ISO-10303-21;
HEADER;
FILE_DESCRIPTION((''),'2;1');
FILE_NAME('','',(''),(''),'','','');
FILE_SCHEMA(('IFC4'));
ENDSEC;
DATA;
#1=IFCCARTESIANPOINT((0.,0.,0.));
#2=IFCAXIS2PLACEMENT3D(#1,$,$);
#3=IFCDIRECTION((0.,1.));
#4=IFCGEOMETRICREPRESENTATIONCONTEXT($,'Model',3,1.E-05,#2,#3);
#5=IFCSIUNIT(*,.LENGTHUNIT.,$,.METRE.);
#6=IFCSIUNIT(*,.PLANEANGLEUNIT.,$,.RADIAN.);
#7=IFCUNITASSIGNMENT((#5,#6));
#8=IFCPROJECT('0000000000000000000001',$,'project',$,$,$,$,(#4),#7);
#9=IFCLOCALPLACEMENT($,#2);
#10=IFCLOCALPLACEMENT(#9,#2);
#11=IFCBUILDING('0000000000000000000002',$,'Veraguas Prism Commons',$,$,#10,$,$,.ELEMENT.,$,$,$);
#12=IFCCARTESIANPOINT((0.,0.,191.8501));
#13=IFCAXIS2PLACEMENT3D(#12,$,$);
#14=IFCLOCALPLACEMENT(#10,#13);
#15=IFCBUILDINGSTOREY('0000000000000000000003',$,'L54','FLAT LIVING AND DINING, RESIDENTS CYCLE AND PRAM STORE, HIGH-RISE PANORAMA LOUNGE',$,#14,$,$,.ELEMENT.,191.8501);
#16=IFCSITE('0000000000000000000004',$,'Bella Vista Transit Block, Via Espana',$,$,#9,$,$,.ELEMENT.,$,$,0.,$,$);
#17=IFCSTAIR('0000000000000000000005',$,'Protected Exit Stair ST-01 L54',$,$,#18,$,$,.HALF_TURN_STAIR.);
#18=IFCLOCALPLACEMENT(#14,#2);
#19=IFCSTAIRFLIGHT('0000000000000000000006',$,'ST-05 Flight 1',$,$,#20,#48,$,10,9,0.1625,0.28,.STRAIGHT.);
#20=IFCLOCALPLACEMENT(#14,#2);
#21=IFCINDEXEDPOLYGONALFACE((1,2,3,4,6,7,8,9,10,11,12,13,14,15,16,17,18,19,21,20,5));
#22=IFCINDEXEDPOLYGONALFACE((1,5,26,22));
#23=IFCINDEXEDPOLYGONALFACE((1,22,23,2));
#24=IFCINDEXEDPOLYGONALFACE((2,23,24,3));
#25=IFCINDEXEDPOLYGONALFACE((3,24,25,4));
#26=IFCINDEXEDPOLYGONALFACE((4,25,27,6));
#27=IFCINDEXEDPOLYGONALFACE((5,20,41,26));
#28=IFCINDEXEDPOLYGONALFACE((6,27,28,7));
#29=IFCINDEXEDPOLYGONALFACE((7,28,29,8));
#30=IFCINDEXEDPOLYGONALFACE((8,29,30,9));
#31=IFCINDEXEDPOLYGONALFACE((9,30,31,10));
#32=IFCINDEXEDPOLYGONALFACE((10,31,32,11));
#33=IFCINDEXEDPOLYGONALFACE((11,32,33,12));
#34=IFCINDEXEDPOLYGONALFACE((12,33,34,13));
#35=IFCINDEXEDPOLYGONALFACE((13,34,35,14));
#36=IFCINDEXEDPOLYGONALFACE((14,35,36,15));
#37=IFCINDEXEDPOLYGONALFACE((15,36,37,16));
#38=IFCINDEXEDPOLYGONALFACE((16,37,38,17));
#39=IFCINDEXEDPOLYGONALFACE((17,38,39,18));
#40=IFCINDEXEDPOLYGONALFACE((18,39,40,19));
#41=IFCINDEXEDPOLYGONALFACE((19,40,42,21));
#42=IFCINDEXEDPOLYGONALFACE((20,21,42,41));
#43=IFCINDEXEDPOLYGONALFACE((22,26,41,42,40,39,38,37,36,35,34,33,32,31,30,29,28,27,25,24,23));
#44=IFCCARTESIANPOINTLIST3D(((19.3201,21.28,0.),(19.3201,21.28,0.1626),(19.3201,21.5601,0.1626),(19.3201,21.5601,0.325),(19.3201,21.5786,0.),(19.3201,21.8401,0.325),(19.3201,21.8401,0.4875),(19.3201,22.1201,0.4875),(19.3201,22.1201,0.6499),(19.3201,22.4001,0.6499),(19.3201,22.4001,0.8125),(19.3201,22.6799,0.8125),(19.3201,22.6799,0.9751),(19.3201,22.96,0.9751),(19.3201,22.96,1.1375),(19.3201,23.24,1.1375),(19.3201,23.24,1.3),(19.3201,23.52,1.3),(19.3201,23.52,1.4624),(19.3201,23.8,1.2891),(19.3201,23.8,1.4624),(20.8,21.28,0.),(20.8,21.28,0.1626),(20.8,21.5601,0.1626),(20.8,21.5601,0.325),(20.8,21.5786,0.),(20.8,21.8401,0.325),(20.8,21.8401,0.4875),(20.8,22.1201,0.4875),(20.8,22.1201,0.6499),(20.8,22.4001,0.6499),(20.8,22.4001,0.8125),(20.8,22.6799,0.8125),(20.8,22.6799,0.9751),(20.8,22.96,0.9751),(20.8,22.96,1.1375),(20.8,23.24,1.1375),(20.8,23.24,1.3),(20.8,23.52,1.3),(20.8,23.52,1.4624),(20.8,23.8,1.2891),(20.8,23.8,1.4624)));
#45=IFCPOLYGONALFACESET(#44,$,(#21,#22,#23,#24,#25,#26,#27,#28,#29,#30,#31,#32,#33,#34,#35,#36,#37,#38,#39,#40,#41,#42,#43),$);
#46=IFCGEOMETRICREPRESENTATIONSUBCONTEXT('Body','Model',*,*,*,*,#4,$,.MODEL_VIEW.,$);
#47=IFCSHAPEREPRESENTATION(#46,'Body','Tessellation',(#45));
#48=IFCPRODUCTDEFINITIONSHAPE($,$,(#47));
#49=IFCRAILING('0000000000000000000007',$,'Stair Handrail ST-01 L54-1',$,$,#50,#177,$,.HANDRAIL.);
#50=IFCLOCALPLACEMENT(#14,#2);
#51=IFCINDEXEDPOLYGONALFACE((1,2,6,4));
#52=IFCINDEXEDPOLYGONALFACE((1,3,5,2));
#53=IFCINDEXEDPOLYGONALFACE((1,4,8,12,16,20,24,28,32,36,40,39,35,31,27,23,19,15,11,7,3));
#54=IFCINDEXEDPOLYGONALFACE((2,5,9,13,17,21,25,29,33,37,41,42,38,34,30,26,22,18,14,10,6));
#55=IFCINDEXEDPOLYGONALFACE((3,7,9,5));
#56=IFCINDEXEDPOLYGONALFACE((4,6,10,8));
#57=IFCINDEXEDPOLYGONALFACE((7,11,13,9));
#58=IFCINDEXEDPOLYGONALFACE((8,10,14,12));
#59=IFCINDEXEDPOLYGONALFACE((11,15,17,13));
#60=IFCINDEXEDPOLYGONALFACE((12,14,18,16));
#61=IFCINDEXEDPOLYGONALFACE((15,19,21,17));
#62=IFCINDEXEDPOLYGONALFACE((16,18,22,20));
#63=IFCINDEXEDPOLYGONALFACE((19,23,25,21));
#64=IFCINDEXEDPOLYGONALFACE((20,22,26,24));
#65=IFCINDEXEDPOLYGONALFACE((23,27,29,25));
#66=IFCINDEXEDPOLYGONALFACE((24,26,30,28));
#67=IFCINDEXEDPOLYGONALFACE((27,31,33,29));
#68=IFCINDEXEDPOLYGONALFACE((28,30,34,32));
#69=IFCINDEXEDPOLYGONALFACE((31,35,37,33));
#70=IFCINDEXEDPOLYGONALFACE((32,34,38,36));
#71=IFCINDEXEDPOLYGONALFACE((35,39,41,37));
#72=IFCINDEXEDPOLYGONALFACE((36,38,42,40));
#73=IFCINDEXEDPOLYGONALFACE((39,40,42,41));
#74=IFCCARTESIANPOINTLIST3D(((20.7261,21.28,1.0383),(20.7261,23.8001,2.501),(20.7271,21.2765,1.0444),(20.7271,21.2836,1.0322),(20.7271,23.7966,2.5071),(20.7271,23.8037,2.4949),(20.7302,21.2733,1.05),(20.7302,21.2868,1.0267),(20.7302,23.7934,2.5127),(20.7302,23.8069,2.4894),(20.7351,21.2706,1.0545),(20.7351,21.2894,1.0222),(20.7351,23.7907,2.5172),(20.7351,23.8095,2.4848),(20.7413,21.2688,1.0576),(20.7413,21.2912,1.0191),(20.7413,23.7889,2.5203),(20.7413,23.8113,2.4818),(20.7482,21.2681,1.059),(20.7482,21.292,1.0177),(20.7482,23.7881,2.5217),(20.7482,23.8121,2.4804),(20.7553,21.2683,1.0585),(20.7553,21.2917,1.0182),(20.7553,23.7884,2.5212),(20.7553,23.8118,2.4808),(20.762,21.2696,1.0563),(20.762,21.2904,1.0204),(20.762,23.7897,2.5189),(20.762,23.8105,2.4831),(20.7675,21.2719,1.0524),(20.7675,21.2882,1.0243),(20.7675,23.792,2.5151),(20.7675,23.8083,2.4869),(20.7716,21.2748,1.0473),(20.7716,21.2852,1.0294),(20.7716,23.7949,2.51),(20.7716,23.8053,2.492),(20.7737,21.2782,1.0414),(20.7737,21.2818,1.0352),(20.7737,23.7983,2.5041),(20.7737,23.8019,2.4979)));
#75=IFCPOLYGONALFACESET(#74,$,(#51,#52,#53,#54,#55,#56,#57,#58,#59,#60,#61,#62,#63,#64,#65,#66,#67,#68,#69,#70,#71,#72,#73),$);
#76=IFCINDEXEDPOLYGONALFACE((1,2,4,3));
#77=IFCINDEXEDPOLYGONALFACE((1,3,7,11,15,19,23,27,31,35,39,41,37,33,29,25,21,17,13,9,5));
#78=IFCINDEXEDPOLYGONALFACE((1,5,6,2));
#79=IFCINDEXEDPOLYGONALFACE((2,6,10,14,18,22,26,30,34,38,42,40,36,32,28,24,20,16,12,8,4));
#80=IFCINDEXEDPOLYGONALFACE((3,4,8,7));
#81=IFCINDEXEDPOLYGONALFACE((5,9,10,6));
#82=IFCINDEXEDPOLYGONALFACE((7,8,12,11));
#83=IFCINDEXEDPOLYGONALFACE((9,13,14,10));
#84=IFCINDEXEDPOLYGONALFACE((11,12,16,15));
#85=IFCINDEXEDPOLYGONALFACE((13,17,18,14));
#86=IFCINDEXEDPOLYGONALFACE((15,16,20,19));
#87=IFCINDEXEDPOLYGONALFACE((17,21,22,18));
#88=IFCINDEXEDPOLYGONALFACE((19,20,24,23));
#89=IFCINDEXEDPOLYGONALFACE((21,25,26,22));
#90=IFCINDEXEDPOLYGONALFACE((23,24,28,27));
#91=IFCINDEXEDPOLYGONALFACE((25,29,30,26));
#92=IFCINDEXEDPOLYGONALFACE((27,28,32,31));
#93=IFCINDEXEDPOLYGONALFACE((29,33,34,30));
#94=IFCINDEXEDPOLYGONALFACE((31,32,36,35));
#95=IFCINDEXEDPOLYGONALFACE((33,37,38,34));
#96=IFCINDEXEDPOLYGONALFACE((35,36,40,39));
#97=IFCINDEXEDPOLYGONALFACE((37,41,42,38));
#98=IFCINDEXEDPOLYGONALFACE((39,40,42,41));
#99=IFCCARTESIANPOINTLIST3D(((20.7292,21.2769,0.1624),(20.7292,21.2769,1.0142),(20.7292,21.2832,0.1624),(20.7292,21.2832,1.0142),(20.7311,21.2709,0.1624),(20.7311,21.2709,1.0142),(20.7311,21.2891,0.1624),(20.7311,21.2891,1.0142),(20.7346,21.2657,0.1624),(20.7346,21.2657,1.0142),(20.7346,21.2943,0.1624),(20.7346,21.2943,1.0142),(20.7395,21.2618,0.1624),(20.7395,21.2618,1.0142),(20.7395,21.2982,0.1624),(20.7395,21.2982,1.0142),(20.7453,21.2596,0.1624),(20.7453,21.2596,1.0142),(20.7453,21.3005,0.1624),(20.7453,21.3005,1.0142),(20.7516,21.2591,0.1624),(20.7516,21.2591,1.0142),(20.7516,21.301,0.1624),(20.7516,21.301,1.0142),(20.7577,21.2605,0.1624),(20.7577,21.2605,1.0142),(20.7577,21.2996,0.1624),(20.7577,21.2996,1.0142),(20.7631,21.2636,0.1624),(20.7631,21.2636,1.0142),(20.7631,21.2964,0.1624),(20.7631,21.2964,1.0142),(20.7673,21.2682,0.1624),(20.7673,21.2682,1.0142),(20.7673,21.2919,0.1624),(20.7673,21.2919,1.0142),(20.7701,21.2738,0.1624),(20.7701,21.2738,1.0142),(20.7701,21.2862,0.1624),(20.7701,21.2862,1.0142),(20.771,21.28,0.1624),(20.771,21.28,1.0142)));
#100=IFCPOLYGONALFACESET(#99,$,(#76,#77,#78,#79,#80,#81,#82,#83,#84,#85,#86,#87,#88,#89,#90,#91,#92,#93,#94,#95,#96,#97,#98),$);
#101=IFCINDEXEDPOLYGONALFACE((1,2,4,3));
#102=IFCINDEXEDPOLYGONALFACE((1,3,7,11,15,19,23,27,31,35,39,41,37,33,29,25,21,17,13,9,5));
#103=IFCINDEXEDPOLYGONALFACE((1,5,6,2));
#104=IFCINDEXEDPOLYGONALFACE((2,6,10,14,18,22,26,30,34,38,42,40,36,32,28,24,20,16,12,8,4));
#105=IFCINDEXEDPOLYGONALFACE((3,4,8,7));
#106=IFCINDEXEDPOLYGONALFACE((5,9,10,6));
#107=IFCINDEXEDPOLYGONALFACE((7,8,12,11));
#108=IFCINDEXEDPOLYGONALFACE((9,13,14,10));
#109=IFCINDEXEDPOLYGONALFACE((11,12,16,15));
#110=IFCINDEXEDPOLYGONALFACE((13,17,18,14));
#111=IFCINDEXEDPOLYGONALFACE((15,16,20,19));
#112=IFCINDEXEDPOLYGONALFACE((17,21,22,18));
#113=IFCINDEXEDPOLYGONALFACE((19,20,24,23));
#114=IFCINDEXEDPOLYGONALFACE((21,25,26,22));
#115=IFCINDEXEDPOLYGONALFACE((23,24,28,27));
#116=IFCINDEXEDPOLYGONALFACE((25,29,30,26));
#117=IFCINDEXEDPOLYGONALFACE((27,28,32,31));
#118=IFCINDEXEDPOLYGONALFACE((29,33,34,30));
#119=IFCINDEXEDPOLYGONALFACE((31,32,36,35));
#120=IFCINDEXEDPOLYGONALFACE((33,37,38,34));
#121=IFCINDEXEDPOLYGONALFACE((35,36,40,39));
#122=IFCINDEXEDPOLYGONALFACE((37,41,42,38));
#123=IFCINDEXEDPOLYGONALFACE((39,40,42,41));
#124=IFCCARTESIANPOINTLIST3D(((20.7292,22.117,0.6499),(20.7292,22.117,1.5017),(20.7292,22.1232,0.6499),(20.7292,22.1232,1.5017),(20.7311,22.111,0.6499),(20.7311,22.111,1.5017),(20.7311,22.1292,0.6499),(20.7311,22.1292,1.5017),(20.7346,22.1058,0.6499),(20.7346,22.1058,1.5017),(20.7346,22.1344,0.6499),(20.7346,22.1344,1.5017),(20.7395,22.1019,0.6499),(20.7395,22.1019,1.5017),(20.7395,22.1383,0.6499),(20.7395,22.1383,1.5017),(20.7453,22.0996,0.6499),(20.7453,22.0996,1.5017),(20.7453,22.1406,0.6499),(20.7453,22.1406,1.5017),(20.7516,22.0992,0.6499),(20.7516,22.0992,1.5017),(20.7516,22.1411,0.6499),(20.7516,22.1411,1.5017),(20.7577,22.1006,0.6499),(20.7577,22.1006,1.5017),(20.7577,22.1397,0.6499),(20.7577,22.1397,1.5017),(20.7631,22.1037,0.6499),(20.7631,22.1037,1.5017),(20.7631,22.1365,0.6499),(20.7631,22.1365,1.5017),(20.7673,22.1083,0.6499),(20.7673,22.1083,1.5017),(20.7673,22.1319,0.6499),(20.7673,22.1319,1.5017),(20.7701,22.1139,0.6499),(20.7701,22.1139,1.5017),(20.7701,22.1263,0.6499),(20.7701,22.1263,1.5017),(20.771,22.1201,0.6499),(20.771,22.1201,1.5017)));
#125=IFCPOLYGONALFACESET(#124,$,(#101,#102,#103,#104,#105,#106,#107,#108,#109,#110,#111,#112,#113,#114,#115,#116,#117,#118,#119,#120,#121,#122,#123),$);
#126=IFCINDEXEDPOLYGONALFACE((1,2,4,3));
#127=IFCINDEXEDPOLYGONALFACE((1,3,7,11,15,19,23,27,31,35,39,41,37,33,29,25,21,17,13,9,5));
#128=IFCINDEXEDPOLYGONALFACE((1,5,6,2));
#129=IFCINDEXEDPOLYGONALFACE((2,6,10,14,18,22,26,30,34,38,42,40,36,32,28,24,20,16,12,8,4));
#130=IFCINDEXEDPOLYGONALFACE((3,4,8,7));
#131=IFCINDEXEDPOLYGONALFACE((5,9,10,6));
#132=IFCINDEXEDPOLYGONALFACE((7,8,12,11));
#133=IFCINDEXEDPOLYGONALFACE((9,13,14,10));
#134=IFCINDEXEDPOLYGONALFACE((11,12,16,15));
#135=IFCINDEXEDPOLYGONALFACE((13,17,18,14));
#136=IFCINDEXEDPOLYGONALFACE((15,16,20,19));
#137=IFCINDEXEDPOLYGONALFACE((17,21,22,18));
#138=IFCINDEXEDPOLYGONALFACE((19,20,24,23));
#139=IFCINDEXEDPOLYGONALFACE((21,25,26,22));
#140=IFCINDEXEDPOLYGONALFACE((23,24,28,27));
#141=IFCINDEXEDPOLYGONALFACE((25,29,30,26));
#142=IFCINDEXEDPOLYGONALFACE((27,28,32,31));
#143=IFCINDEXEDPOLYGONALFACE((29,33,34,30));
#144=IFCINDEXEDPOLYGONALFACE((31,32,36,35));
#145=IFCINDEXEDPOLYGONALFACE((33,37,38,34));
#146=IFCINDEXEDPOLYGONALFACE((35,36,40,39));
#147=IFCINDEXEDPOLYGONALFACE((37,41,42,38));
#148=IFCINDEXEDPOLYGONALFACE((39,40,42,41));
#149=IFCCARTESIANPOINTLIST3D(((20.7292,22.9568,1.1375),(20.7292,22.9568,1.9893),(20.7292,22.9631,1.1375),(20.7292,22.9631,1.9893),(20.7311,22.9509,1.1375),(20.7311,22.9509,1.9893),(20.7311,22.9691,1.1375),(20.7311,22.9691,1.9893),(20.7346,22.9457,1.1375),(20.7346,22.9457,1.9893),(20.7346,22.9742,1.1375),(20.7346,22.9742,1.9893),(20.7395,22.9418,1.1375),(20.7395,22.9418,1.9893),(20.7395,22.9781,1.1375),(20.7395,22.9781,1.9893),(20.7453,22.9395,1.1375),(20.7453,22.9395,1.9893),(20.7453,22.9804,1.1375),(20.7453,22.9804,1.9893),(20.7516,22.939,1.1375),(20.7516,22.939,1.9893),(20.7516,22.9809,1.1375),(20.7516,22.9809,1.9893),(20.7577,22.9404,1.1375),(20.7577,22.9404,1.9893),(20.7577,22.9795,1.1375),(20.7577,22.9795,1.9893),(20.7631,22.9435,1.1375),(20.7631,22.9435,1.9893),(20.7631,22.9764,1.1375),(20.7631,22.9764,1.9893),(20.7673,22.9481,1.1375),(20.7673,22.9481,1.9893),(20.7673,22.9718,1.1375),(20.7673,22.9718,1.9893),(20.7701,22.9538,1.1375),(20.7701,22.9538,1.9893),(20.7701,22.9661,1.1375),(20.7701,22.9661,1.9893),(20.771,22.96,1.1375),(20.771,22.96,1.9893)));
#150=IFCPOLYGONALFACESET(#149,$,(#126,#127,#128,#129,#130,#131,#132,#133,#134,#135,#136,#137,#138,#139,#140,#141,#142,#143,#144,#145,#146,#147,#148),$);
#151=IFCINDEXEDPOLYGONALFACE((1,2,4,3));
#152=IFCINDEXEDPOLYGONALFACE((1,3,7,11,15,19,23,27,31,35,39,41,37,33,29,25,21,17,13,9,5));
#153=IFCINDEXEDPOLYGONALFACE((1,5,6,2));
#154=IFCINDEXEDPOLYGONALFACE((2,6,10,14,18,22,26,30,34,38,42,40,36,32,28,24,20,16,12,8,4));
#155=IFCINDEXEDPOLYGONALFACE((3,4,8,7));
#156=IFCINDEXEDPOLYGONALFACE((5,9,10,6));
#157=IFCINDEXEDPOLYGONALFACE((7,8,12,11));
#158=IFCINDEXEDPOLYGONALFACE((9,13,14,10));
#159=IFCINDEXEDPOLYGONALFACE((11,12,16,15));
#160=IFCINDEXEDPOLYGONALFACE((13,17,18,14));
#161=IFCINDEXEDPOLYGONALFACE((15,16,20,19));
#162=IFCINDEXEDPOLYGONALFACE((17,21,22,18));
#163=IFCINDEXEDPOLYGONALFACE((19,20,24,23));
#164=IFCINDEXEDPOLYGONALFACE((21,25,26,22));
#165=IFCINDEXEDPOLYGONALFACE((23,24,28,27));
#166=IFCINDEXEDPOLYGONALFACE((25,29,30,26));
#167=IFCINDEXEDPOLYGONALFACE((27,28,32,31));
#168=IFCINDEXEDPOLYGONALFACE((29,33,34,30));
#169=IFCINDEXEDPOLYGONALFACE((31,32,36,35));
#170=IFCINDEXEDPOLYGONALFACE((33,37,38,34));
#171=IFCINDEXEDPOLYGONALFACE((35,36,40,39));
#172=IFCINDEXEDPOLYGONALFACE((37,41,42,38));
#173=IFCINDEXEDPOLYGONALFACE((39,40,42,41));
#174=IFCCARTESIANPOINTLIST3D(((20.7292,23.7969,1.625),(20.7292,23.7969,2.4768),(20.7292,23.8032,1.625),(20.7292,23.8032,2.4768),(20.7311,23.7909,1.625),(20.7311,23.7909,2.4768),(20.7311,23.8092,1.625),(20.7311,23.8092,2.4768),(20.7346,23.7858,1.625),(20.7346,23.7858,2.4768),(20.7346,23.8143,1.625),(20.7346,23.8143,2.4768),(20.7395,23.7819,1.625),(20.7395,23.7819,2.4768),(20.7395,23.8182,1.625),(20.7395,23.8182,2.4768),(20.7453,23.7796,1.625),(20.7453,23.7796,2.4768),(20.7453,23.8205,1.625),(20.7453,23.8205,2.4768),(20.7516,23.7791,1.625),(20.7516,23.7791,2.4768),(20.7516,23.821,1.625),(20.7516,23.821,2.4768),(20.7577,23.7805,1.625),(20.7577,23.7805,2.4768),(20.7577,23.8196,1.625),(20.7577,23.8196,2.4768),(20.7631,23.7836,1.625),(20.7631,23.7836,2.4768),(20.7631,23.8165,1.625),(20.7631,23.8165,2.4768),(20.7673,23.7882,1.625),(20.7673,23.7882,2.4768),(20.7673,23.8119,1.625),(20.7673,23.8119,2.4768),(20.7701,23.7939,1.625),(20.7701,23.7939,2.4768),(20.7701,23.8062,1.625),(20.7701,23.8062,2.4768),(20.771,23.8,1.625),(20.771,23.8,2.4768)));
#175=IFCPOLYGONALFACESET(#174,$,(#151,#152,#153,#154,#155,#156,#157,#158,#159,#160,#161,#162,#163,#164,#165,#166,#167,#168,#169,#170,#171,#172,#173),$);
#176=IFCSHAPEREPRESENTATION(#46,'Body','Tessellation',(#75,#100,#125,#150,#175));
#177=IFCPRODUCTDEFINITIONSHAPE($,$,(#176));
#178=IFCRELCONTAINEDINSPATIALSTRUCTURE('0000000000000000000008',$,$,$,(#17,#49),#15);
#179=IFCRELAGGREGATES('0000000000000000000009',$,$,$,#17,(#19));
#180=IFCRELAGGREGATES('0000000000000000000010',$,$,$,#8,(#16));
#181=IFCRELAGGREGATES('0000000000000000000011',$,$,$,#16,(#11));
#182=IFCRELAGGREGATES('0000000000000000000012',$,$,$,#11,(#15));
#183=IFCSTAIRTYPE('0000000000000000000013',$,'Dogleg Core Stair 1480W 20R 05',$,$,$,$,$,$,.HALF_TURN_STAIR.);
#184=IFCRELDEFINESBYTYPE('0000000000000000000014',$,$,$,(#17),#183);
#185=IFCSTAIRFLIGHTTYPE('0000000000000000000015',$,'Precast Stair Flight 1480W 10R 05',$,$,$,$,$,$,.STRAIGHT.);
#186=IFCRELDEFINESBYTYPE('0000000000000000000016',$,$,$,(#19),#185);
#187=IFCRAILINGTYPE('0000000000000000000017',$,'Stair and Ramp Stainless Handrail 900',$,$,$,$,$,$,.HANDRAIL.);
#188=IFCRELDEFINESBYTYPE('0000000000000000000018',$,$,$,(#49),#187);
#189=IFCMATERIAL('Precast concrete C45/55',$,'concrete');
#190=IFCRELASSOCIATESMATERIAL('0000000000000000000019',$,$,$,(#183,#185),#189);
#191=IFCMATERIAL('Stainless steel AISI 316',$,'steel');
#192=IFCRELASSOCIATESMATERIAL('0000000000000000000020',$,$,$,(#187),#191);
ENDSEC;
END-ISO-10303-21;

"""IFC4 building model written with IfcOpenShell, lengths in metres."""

from ifc_helpers import new_model, si_unit, direction, frame, origin, origin_2d, place, context, subcontext, project, spatial, polyline, circle, outline, extrude, material, type_object, element, aggregate, save


model = new_model("IFC4")

# Units and contexts
model_context = context("Model", 3, precision=1e-05, world=origin(), true_north=direction((0.0, 1.0)))
body_context = subcontext(model_context, "Body", "Model", "MODEL_VIEW")
ifc_project = project(units=[si_unit("LENGTHUNIT", "METRE"), si_unit("PLANEANGLEUNIT", "RADIAN")], contexts=[model_context])

# Site, building, storey
site_placement = place(None, origin())
site = spatial("IfcSite", under=ifc_project, at=site_placement, Name="Bella Vista Transit Block, Via Espana", CompositionType="ELEMENT", RefElevation=0.0)
building_placement = place(site_placement, origin())
building = spatial("IfcBuilding", under=site, at=building_placement, Name="Veraguas Prism Commons", CompositionType="ELEMENT")
storey_placement = place(building_placement, frame((0.0, 0.0, 191.8501)))
storey = spatial("IfcBuildingStorey", under=building, at=storey_placement, Name="L54", Description="FLAT LIVING AND DINING, RESIDENTS CYCLE AND PRAM STORE, HIGH-RISE PANORAMA LOUNGE", CompositionType="ELEMENT", Elevation=191.8501)

# Shared definitions
ifc_material_1 = material(Name="Stainless steel AISI 316", Category="steel")

# Stair, stair flight
ifc_material_2 = material(Name="Precast concrete C45/55", Category="concrete")
stair_type = type_object("IfcStairType", Name="Dogleg Core Stair 1480W 20R 05", PredefinedType="HALF_TURN_STAIR", material=ifc_material_2)
stair_placement = place(storey_placement, origin())
stair = element("IfcStair", 1, at=stair_placement, inside=storey, type_object=stair_type, Name="Protected Exit Stair ST-01 L54", PredefinedType="HALF_TURN_STAIR")
stair_flight_type = type_object("IfcStairFlightType", Name="Precast Stair Flight 1480W 10R 05", PredefinedType="STRAIGHT", material=ifc_material_2)
stair_flight_placement = place(storey_placement, frame((20.0601, 21.28, 0.0), z_axis=(0.0, 0.0, 1.0), x_axis=(0.0, 1.0, 0.0)))
stair_flight = element("IfcStairFlight", 2, at=stair_flight_placement, type_object=stair_flight_type, Name="ST-05 Flight 1", NumberOfRisers=10, NumberOfTreads=9, PredefinedType="STRAIGHT", RiserHeight=0.1625, TreadLength=0.28, context=body_context, shape_type="SweptSolid", body=[
    extrude(outline(polyline([(0.0, 0.0), (0.0, 0.1626), (0.28, 0.1626), (0.28, 0.325), (0.5601, 0.325), (0.5601, 0.4875), (0.8401, 0.4875), (0.8401, 0.6499), (1.1201, 0.6499), (1.1201, 0.8125), (1.3999, 0.8125), (1.3999, 0.9751), (1.6799, 0.9751), (1.6799, 1.1375), (1.96, 1.1375), (1.96, 1.3), (2.24, 1.3), (2.24, 1.4624), (2.52, 1.4624), (2.52, 1.625), (2.52, 1.2891), (0.2986, 0.0), (0.0, 0.0)])), frame((0.0, 0.74, 0.0), z_axis=(0.0, -1.0, 0.0), x_axis=(1.0, 0.0, 0.0)), (0.0, 0.0, 1.0), 1.48),
])
aggregate(stair, [stair_flight])

# Railing
railing_type = type_object("IfcRailingType", Name="Stair and Ramp Stainless Handrail 900", PredefinedType="HANDRAIL", material=ifc_material_1)
railing_placement = place(storey_placement, frame((20.75, 21.28, 0.1624)))
element("IfcRailing", 3, at=railing_placement, inside=storey, type_object=railing_type, Name="Stair Handrail ST-01 L54-1", PredefinedType="HANDRAIL", context=body_context, shape_type="SweptSolid", body=[
    extrude(circle(Radius=0.0239, at=origin_2d()), frame((0.0, 0.0, 0.876), z_axis=(0.0, 0.864877, 0.501984), x_axis=(-1.0, 0.0, 0.0)), (0.0, 0.0, 1.0), 2.9138),
    extrude(circle(Radius=0.021, at=origin_2d()), origin(), (0.0, 0.0, 1.0), 0.8518),
    extrude(circle(Radius=0.021, at=origin_2d()), frame((0.0, 0.8401, 0.4875)), (0.0, 0.0, 1.0), 0.8518),
    extrude(circle(Radius=0.021, at=origin_2d()), frame((0.0, 1.6799, 0.9751)), (0.0, 0.0, 1.0), 0.8518),
    extrude(circle(Radius=0.021, at=origin_2d()), frame((0.0, 2.52, 1.4626)), (0.0, 0.0, 1.0), 0.8518),
])

save(model, "model.ifc")
